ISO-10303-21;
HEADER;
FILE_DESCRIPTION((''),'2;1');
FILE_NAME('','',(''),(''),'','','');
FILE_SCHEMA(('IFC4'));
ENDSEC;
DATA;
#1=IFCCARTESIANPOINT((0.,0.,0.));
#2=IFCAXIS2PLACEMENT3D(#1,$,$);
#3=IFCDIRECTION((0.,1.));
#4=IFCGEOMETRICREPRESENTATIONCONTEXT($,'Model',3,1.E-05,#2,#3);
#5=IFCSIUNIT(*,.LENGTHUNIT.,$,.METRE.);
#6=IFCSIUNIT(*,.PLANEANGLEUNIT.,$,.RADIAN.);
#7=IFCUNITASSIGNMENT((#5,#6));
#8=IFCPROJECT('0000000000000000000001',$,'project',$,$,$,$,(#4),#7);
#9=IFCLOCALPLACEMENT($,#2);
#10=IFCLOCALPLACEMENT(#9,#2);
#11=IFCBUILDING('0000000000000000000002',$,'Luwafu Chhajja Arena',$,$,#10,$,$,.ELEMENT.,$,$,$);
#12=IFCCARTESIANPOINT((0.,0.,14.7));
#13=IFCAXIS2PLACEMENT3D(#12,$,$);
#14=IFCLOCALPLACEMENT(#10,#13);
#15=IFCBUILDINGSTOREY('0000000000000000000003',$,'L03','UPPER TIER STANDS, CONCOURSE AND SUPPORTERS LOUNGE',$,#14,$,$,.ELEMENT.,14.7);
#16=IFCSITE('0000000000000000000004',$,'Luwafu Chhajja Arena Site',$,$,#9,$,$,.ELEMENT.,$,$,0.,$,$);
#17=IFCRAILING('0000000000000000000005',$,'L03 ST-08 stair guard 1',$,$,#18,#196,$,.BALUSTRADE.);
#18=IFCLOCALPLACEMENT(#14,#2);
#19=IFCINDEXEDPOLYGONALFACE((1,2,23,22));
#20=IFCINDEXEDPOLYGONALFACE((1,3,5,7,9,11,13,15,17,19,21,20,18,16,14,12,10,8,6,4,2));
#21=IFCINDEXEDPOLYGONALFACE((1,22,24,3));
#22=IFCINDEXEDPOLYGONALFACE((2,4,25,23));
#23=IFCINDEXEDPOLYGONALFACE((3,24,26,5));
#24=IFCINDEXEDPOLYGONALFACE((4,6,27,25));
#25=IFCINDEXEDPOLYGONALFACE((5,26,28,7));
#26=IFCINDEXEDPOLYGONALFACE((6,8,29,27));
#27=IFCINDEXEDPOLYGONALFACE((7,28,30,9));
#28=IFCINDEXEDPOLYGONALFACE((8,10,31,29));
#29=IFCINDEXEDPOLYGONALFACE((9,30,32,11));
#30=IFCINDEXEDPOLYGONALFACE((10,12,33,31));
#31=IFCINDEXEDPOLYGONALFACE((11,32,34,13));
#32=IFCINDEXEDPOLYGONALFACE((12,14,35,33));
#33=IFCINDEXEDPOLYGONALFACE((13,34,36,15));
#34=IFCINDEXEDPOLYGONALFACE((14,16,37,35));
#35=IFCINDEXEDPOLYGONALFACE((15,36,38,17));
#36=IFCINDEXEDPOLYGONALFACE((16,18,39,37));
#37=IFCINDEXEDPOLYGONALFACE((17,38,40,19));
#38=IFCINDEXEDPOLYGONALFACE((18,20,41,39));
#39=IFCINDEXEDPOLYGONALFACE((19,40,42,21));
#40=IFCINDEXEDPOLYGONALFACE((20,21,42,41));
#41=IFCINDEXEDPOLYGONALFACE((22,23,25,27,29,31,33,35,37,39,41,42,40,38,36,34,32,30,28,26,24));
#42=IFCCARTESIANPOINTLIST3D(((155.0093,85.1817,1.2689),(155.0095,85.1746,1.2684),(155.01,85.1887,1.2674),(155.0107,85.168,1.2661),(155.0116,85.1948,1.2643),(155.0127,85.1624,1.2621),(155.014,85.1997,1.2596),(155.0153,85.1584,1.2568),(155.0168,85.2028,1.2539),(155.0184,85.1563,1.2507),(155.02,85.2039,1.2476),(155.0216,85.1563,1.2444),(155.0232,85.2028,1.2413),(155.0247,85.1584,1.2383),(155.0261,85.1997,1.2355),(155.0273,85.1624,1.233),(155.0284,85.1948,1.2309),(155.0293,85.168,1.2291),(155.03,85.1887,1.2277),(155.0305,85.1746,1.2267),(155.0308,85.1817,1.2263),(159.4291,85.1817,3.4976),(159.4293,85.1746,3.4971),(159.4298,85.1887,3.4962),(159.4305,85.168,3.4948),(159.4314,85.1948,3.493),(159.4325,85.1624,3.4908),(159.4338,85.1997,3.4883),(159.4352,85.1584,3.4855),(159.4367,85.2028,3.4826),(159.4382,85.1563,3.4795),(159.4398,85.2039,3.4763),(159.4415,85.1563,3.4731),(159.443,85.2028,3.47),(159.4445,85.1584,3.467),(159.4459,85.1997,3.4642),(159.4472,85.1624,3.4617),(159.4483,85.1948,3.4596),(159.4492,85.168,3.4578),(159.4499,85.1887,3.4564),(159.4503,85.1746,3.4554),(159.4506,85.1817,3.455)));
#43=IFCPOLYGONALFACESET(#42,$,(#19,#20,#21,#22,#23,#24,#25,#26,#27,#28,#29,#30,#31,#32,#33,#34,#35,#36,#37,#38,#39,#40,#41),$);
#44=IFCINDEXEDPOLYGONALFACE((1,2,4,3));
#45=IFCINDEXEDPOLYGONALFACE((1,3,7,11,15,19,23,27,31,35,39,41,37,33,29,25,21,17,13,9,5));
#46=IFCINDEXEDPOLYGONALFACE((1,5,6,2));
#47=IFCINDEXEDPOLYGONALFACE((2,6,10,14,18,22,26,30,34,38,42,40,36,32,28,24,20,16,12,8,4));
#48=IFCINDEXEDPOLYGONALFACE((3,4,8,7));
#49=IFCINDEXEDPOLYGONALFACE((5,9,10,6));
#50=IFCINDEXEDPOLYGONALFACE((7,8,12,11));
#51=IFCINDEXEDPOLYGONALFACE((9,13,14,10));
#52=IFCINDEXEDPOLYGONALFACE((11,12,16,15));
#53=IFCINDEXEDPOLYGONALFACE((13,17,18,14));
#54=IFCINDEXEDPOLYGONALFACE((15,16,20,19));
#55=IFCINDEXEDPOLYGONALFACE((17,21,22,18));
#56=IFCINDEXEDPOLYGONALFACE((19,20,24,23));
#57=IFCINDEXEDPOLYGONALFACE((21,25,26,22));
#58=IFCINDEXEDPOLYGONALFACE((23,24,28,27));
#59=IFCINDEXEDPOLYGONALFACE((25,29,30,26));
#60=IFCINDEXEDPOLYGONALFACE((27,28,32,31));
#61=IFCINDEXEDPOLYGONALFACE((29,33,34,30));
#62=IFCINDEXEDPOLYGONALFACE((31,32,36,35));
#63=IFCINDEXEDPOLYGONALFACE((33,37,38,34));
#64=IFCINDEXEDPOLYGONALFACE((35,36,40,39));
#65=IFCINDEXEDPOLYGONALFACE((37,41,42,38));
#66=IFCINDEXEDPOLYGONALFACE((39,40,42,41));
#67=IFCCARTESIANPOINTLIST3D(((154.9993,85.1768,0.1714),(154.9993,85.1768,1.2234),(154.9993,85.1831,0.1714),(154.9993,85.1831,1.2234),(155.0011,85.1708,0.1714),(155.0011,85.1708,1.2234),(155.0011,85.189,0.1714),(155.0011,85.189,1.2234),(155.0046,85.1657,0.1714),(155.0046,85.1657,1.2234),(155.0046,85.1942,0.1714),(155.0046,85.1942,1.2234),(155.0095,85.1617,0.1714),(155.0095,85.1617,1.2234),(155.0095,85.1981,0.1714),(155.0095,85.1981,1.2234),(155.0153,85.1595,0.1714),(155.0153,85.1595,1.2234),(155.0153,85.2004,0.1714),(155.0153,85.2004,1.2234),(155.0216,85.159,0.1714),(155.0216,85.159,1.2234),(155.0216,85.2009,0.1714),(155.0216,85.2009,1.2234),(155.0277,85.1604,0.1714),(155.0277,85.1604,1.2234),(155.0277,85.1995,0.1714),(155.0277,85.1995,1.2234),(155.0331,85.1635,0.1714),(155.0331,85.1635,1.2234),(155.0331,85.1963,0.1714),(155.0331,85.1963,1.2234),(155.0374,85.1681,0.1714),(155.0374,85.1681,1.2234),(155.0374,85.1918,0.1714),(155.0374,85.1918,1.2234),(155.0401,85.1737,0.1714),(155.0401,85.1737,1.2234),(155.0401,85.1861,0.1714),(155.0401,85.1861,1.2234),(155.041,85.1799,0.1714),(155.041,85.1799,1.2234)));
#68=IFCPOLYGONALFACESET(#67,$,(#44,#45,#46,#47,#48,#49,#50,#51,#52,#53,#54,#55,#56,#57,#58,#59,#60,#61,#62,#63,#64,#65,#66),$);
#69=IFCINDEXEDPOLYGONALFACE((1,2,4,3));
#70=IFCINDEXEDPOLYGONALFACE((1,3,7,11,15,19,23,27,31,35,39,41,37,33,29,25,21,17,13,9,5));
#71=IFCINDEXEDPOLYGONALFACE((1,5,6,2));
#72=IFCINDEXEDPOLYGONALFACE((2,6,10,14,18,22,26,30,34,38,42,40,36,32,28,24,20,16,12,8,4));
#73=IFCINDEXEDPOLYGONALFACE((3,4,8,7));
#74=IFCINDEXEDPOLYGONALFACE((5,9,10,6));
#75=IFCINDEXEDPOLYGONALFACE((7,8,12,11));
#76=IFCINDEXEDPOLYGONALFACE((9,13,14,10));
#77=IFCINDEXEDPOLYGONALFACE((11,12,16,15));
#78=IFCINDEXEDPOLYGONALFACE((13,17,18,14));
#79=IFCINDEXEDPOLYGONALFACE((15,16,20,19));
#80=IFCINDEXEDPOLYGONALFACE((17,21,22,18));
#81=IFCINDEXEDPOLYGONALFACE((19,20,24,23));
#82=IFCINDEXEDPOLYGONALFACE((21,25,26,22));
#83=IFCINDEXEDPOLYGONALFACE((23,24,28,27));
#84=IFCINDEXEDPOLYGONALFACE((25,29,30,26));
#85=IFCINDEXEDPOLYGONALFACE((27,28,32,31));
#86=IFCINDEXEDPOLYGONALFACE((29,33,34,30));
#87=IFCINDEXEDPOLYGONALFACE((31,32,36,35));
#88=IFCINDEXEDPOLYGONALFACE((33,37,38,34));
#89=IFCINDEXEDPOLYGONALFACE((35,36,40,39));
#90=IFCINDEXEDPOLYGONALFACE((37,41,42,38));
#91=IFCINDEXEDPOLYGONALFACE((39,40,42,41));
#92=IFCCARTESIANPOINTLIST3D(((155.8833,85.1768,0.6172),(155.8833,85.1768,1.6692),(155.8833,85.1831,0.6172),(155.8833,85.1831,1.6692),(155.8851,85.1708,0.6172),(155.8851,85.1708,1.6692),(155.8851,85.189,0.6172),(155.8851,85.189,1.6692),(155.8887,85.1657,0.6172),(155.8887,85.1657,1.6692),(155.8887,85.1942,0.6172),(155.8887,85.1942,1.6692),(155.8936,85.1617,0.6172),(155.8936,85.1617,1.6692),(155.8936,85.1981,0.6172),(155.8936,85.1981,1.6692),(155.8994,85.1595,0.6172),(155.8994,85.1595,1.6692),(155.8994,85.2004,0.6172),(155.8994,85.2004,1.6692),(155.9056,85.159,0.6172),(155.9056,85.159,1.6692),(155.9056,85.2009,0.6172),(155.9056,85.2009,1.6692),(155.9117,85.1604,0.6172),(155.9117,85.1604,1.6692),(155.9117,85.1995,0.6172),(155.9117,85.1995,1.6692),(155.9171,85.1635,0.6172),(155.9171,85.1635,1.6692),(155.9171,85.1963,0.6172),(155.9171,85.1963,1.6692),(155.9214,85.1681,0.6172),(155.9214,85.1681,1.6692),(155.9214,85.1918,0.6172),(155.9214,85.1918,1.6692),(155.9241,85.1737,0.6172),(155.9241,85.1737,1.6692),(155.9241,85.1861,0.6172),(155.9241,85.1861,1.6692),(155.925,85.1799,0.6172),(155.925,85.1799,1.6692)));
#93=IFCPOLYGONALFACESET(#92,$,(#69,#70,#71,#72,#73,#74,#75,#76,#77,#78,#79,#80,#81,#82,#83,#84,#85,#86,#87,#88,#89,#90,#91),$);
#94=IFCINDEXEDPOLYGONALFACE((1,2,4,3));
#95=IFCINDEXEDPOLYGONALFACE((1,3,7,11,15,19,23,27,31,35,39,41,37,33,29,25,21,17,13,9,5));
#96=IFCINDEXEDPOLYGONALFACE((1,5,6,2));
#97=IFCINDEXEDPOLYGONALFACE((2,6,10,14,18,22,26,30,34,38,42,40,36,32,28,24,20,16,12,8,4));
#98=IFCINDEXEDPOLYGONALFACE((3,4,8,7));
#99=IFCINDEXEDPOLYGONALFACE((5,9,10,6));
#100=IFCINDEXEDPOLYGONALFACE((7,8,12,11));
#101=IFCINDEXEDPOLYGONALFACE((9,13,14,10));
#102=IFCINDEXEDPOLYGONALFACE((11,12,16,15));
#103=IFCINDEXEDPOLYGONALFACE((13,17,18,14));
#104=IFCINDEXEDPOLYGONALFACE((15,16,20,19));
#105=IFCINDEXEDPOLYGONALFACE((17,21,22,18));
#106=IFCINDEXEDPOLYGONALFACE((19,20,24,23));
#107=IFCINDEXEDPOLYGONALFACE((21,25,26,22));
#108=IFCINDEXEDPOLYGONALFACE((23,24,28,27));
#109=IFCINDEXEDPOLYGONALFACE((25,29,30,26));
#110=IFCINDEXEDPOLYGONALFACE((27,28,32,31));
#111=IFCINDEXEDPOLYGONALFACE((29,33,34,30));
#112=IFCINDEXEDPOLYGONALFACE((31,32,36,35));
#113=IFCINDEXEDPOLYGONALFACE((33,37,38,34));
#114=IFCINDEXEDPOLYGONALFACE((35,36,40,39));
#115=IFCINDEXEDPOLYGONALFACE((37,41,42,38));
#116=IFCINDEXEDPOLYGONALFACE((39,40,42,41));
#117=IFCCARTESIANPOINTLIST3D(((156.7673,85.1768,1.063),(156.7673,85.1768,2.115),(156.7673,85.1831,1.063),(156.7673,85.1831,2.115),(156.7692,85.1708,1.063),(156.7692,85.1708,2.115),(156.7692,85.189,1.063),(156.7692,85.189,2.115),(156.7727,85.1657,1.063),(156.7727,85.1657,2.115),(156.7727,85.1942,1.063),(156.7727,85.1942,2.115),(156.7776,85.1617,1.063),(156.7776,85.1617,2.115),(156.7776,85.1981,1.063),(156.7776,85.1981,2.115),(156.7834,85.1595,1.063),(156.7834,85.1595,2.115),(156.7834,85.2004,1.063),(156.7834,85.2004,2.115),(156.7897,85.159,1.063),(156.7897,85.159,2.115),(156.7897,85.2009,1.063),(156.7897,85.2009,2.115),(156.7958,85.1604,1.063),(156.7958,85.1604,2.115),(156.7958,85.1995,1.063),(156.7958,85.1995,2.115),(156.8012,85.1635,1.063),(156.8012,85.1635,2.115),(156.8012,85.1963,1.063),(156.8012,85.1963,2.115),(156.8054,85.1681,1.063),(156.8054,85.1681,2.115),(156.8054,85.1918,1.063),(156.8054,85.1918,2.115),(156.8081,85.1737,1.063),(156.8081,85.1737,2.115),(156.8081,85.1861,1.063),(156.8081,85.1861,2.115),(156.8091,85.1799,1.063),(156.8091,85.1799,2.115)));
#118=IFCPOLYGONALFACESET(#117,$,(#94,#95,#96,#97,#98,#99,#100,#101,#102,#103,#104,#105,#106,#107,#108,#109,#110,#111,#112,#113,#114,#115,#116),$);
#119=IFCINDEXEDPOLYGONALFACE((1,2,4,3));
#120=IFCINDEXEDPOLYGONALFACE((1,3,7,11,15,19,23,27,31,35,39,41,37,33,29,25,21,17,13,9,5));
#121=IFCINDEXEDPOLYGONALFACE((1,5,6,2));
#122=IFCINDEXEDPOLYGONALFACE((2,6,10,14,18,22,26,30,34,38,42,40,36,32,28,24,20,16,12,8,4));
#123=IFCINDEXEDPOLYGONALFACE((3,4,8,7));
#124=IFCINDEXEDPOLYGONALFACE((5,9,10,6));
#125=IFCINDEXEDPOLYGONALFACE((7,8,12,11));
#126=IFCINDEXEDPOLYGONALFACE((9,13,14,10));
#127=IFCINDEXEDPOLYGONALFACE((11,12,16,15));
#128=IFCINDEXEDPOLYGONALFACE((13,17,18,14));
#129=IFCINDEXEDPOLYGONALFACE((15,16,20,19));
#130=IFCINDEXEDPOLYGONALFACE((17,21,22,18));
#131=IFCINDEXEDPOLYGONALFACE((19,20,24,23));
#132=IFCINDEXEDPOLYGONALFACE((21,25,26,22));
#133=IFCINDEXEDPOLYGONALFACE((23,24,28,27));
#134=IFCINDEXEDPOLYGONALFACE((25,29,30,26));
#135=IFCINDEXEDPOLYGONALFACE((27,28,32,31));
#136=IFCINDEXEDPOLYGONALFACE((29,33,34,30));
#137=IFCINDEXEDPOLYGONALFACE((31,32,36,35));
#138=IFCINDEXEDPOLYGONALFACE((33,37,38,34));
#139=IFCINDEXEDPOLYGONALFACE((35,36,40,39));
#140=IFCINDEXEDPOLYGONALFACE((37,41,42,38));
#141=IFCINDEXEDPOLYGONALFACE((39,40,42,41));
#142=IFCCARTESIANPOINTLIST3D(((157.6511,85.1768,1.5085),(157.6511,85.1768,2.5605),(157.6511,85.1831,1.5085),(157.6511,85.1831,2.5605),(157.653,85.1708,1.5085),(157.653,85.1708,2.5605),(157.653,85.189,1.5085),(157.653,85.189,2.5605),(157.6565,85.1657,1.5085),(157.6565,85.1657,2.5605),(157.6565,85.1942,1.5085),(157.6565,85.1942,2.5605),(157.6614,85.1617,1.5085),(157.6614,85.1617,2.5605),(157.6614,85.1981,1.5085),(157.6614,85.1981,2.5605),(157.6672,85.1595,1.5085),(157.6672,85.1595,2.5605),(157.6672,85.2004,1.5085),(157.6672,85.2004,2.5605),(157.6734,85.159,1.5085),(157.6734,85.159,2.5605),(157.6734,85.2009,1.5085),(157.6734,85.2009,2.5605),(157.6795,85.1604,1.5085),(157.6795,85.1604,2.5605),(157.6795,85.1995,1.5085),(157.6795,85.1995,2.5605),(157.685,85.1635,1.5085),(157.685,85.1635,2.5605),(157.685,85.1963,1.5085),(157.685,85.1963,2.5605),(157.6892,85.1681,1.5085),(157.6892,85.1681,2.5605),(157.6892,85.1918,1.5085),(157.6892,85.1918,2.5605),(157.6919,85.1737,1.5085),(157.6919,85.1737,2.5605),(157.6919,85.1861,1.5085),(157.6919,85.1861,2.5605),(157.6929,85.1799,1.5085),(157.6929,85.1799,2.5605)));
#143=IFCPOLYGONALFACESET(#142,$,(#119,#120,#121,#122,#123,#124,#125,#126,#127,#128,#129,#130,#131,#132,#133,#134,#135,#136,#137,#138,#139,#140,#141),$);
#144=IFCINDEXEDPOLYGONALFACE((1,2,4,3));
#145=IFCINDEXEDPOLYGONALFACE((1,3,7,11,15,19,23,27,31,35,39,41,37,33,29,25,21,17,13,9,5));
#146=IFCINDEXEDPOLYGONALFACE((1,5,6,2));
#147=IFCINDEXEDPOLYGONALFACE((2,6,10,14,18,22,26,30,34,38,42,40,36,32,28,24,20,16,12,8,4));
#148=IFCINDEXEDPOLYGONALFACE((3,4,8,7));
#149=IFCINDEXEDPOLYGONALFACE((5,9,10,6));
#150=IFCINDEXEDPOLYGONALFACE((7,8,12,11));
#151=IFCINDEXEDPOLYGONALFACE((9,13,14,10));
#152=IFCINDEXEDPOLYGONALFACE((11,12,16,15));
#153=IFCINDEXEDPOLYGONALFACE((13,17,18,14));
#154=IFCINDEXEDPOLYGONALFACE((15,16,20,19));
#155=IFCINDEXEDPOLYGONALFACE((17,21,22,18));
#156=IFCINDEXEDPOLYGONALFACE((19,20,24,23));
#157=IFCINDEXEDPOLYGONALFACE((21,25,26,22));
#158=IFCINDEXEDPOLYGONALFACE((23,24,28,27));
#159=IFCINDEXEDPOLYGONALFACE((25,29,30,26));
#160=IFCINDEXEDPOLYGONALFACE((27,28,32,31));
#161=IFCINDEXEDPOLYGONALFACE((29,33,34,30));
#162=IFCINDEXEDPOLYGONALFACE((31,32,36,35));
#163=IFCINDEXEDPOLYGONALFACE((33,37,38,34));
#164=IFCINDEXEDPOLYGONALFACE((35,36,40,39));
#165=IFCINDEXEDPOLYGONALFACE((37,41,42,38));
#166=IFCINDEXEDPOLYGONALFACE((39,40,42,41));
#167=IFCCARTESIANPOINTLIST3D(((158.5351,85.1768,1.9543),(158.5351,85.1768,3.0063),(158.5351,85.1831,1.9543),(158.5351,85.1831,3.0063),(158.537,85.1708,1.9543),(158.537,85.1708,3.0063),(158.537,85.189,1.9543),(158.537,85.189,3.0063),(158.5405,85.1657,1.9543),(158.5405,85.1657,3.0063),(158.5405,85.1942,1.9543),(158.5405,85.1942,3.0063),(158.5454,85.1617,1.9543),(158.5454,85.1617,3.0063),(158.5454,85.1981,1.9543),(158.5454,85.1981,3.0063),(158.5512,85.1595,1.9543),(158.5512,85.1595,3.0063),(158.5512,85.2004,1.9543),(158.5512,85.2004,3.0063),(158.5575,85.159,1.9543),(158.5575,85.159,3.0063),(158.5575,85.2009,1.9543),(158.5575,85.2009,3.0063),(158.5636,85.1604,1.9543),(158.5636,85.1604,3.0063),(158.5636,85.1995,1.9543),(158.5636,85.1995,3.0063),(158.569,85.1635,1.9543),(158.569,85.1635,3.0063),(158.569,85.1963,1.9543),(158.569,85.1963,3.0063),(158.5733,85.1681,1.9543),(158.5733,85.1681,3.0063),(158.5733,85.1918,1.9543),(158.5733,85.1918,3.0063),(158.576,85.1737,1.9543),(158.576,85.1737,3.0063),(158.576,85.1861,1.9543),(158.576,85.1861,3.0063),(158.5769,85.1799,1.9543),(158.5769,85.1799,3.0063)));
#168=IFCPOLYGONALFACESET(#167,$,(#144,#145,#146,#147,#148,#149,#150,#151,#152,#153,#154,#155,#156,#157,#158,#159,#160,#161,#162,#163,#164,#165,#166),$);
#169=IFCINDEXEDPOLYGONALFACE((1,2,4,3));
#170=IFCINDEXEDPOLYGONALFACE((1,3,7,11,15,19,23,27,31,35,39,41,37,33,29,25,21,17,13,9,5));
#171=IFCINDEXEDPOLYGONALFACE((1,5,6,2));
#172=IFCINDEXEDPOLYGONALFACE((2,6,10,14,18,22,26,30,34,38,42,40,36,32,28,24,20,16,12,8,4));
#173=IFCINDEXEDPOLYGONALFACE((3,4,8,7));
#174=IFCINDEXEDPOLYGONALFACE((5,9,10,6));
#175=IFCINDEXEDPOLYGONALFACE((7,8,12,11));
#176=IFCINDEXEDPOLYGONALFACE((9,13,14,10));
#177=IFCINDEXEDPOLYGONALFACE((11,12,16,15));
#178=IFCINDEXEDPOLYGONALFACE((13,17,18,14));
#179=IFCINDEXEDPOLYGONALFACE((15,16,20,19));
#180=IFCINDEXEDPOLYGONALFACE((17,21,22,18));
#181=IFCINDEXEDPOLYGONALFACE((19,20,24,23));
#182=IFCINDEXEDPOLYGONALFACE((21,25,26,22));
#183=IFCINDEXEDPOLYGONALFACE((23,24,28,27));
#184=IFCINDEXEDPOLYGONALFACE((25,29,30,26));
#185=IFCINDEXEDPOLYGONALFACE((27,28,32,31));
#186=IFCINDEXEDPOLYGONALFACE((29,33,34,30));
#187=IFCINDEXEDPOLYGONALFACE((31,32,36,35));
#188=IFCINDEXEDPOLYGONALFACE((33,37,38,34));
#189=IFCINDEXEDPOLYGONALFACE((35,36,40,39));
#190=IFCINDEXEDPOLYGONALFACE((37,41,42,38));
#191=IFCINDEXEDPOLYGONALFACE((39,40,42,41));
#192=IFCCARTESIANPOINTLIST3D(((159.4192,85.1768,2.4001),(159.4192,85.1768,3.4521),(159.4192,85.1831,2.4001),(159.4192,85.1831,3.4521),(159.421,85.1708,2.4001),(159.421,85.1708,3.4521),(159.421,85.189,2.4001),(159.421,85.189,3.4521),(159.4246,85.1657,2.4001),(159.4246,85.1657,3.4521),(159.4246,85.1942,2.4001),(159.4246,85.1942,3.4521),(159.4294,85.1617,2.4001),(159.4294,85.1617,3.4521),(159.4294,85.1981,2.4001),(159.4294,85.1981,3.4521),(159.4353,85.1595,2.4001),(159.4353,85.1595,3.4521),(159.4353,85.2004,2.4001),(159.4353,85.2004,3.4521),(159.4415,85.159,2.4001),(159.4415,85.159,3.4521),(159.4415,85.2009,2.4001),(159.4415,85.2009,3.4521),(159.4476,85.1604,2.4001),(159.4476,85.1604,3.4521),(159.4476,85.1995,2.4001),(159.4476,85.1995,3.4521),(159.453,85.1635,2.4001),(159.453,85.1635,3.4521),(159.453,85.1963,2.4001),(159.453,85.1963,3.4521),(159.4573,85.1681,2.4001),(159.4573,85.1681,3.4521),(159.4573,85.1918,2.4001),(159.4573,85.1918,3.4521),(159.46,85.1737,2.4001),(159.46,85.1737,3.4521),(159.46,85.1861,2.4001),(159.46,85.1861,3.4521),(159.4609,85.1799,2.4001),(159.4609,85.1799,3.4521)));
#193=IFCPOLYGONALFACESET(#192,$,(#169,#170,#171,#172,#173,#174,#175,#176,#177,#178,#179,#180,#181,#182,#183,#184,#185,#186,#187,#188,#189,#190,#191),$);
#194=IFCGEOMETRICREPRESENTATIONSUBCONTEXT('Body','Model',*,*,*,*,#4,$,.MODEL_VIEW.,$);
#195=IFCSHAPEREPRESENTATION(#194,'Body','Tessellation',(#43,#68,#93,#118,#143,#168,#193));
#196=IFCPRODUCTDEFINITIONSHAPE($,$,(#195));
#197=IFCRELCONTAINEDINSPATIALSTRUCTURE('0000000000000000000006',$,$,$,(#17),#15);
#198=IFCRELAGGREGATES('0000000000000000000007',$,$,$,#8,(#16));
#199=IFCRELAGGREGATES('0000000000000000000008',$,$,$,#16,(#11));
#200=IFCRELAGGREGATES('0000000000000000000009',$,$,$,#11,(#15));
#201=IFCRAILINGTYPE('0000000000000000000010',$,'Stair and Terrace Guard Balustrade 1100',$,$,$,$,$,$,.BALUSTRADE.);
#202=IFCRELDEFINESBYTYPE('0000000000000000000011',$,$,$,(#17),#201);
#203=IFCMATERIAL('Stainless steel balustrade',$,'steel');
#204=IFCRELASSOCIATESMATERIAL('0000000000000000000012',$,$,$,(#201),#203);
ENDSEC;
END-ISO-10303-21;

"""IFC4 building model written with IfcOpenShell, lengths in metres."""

from ifc_helpers import new_model, si_unit, direction, frame, origin, origin_2d, place, context, subcontext, project, spatial, circle, extrude, material, type_object, element, save


model = new_model("IFC4")

# Units and contexts
model_context = context("Model", 3, precision=1e-05, world=origin(), true_north=direction((0.0, 1.0)))
body_context = subcontext(model_context, "Body", "Model", "MODEL_VIEW")
ifc_project = project(units=[si_unit("LENGTHUNIT", "METRE"), si_unit("PLANEANGLEUNIT", "RADIAN")], contexts=[model_context])

# Site, building, storey
site_placement = place(None, origin())
site = spatial("IfcSite", under=ifc_project, at=site_placement, Name="Luwafu Chhajja Arena Site", CompositionType="ELEMENT", RefElevation=0.0)
building_placement = place(site_placement, origin())
building = spatial("IfcBuilding", under=site, at=building_placement, Name="Luwafu Chhajja Arena", CompositionType="ELEMENT")
storey_placement = place(building_placement, frame((0.0, 0.0, 14.7)))
storey = spatial("IfcBuildingStorey", under=building, at=storey_placement, Name="L03", Description="UPPER TIER STANDS, CONCOURSE AND SUPPORTERS LOUNGE", CompositionType="ELEMENT", Elevation=14.7)

# Railing
ifc_material_1 = material(Name="Stainless steel balustrade", Category="steel")
railing_type_1 = type_object("IfcRailingType", Name="Stair and Terrace Guard Balustrade 1100", PredefinedType="BALUSTRADE", material=ifc_material_1)
railing_1_placement = place(storey_placement, frame((155.02, 85.1799, 0.1714)))
element("IfcRailing", 1, at=railing_1_placement, inside=storey, type_object=railing_type_1, Name="L03 ST-08 stair guard 1", PredefinedType="BALUSTRADE", context=body_context, shape_type="SweptSolid", body=[
    extrude(circle(Radius=0.0239, at=origin_2d()), frame((0.0, 0.0, 1.0762), z_axis=(0.892903, 0.0, 0.450249), x_axis=(0.0, 1.0, 0.0)), (0.0, 0.0, 1.0), 4.95),
    extrude(circle(Radius=0.021, at=origin_2d()), origin(), (0.0, 0.0, 1.0), 1.052),
    extrude(circle(Radius=0.021, at=origin_2d()), frame((0.884, 0.0, 0.4458)), (0.0, 0.0, 1.0), 1.052),
    extrude(circle(Radius=0.021, at=origin_2d()), frame((1.7681, 0.0, 0.8916)), (0.0, 0.0, 1.0), 1.052),
    extrude(circle(Radius=0.021, at=origin_2d()), frame((2.6519, 0.0, 1.3372)), (0.0, 0.0, 1.0), 1.052),
    extrude(circle(Radius=0.021, at=origin_2d()), frame((3.5359, 0.0, 1.783)), (0.0, 0.0, 1.0), 1.052),
    extrude(circle(Radius=0.021, at=origin_2d()), frame((4.4199, 0.0, 2.2288)), (0.0, 0.0, 1.0), 1.052),
])

save(model, "model.ifc")
